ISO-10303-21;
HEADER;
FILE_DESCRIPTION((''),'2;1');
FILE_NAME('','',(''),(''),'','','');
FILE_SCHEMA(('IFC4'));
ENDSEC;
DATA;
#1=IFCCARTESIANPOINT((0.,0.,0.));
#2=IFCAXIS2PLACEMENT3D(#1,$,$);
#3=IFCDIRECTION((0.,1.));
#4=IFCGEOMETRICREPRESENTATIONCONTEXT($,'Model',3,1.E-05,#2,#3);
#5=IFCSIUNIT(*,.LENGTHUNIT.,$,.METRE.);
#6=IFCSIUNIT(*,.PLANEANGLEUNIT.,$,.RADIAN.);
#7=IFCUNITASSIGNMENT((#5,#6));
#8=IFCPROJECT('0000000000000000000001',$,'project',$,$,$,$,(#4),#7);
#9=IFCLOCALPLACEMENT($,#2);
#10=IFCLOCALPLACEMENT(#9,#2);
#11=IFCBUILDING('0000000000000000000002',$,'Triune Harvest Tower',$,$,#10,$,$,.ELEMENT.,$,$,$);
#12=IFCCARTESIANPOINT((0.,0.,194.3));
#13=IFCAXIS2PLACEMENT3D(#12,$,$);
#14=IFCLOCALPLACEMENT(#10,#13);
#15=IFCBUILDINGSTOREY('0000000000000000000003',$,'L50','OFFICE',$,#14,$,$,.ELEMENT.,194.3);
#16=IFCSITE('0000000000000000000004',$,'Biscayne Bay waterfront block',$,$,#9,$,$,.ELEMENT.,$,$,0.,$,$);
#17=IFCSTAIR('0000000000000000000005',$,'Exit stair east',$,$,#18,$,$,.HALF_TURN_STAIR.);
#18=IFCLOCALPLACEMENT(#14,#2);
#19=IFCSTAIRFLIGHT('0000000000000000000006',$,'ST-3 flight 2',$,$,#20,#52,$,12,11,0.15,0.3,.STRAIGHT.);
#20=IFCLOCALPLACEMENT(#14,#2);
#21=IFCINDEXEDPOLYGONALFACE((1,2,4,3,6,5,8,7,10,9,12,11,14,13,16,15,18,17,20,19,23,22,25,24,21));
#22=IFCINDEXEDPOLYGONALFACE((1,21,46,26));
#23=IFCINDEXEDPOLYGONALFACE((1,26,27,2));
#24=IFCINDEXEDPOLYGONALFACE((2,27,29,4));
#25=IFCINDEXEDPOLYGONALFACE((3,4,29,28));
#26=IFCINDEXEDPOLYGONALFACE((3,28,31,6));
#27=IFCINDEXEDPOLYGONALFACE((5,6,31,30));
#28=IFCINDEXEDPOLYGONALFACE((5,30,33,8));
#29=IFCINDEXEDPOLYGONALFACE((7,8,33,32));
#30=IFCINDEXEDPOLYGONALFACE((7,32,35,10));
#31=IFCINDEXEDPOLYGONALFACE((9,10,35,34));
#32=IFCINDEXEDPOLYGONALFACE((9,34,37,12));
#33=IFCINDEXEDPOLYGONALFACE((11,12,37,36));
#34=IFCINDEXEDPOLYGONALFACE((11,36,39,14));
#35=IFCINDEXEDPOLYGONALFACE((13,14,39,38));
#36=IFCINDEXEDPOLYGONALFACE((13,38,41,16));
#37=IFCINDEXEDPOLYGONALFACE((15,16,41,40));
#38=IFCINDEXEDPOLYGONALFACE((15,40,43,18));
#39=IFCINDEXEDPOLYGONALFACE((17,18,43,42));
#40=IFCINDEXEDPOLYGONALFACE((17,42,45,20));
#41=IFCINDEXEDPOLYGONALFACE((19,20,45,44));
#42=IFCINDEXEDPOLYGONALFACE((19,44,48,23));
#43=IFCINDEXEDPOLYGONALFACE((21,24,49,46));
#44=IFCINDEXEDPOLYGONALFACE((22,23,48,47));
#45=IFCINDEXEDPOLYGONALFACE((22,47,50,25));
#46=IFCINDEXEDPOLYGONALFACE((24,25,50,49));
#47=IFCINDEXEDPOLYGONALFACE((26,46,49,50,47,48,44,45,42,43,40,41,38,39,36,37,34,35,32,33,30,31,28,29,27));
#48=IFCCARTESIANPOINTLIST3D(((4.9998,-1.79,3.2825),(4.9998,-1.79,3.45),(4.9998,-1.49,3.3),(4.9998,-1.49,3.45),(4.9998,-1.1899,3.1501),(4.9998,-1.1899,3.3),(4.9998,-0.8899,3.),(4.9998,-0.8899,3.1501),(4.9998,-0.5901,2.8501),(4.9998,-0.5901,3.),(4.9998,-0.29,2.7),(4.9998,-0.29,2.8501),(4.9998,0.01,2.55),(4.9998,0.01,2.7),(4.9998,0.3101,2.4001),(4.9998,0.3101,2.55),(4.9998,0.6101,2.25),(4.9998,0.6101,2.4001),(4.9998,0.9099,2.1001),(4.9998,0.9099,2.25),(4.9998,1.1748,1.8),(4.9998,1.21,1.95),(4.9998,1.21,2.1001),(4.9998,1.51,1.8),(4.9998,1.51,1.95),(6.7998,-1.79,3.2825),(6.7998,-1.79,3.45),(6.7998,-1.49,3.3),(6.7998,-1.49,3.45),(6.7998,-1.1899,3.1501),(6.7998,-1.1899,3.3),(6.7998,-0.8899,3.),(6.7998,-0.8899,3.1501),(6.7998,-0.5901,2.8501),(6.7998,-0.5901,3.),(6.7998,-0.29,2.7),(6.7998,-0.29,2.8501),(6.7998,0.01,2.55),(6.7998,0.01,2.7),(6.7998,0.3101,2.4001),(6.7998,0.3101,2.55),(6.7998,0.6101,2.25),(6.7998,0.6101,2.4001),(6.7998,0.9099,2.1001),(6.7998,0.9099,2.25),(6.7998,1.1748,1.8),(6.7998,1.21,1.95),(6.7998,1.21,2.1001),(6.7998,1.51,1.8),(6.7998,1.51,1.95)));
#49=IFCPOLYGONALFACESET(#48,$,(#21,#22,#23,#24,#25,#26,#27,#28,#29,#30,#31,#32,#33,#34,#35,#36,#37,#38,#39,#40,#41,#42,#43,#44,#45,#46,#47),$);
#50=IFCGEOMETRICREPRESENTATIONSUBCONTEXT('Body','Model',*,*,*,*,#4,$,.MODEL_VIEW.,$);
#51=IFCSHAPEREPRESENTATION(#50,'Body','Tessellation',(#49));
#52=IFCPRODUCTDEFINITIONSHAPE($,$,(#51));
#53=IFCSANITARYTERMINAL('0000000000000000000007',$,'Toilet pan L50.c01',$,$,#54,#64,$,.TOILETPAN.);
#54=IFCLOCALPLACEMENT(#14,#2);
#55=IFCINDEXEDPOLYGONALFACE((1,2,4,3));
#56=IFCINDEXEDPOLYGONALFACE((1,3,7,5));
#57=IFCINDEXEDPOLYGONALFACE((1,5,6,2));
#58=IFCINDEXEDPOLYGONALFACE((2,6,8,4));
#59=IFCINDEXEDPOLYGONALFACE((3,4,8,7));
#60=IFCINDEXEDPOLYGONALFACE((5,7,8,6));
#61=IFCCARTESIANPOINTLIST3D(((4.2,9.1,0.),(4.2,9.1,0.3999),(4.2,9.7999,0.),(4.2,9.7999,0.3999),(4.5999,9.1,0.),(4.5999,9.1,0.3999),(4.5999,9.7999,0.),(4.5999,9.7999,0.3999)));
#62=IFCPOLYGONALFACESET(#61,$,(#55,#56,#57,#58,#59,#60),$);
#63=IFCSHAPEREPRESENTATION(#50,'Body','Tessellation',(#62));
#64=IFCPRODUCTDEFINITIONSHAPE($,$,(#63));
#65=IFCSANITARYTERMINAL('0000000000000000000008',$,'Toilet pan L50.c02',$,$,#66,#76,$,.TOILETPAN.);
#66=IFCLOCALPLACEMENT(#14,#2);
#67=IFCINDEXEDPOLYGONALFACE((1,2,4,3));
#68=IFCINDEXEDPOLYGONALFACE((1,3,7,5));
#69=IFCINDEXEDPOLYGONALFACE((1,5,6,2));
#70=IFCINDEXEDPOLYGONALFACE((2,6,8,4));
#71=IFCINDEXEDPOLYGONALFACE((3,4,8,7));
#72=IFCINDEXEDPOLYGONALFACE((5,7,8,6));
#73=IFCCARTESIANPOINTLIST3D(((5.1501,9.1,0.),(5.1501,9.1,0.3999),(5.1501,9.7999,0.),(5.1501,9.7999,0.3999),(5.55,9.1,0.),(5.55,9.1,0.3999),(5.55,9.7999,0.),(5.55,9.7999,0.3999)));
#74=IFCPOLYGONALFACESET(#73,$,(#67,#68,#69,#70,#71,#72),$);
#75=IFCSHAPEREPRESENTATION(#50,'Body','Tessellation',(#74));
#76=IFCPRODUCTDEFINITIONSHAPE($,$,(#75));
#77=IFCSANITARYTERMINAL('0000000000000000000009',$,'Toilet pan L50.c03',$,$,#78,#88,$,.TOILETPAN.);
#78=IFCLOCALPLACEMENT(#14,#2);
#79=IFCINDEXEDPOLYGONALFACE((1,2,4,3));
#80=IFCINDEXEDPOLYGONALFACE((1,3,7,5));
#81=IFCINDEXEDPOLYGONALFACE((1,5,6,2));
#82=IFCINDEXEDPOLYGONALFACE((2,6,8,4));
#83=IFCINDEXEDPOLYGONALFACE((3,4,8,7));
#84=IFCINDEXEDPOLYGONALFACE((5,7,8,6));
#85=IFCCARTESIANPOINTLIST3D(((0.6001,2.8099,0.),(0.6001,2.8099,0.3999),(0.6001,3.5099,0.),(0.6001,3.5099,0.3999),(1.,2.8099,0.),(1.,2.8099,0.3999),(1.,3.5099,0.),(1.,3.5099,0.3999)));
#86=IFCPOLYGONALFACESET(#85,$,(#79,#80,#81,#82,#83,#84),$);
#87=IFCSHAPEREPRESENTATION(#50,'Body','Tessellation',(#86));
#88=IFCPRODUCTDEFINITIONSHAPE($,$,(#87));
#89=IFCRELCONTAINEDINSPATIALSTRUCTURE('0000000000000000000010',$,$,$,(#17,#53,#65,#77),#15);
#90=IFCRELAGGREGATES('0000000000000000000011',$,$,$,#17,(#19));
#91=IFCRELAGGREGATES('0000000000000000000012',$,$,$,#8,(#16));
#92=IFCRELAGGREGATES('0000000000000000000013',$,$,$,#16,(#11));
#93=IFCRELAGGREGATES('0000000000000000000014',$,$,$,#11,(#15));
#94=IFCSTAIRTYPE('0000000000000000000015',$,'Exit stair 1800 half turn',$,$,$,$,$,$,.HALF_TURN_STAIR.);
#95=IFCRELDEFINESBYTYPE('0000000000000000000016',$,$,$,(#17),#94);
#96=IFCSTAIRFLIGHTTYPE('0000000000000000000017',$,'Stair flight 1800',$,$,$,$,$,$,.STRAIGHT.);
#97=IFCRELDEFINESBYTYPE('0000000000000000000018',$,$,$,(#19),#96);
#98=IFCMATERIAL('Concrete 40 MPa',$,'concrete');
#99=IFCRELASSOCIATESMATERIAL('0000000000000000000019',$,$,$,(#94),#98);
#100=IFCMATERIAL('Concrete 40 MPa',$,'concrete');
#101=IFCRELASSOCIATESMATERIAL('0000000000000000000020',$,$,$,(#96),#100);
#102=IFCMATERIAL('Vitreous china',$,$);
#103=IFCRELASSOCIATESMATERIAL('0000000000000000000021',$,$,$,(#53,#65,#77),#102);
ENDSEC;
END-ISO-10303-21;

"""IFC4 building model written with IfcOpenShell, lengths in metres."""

from ifc_helpers import new_model, si_unit, direction, frame, origin, origin_2d, place, context, subcontext, project, spatial, polyline, rectangle, outline, extrude, source, transform, mapped, material, type_object, element, aggregate, save


model = new_model("IFC4")

# Units and contexts
model_context = context("Model", 3, precision=1e-05, world=origin(), true_north=direction((0.0, 1.0)))
body_context = subcontext(model_context, "Body", "Model", "MODEL_VIEW")
ifc_project = project(units=[si_unit("LENGTHUNIT", "METRE"), si_unit("PLANEANGLEUNIT", "RADIAN")], contexts=[model_context])

# Site, building, storey
site_placement = place(None, origin())
site = spatial("IfcSite", under=ifc_project, at=site_placement, Name="Biscayne Bay waterfront block", CompositionType="ELEMENT", RefElevation=0.0)
building_placement = place(site_placement, origin())
building = spatial("IfcBuilding", under=site, at=building_placement, Name="Triune Harvest Tower", CompositionType="ELEMENT")
storey_placement = place(building_placement, frame((0.0, 0.0, 194.3)))
storey = spatial("IfcBuildingStorey", under=building, at=storey_placement, Name="L50", Description="OFFICE", CompositionType="ELEMENT", Elevation=194.3)

# Shared definitions
ifc_material_1 = material(Name="Concrete 40 MPa", Category="concrete")
stair_type = type_object("IfcStairType", Name="Exit stair 1800 half turn", PredefinedType="HALF_TURN_STAIR", material=ifc_material_1)

# Stair
stair_1_placement = place(storey_placement, origin())
stair_1 = element("IfcStair", 1, at=stair_1_placement, inside=storey, type_object=stair_type, Name="Exit stair east", PredefinedType="HALF_TURN_STAIR")

# Shared definitions
ifc_material_2 = material(Name="Concrete 40 MPa", Category="concrete")
stair_flight_type = type_object("IfcStairFlightType", Name="Stair flight 1800", PredefinedType="STRAIGHT", material=ifc_material_2)
shared_shape_1 = source(origin(), body_context, "Body", "SweptSolid", [
    extrude(outline(polyline([(0.0, 0.0), (0.0, 0.1499), (0.3, 0.1499), (0.3, 0.3), (0.6001, 0.3), (0.6001, 0.45), (0.8999, 0.45), (0.8999, 0.6001), (1.2, 0.6001), (1.2, 0.75), (1.5, 0.75), (1.5, 0.8999), (1.8, 0.8999), (1.8, 1.05), (2.1001, 1.05), (2.1001, 1.2), (2.3999, 1.2), (2.3999, 1.3501), (2.7, 1.3501), (2.7, 1.5), (3.0, 1.5), (3.0, 1.6499), (3.3, 1.6499), (3.3, 1.8), (3.3, 1.4824), (0.3352, 0.0), (0.0, 0.0)])), frame((0.0, 0.8999, 0.0), z_axis=(0.0, -1.0, 0.0), x_axis=(1.0, 0.0, 0.0)), (0.0, 0.0, 1.0), 1.8),
])

# Stair flight
stair_flight_1_placement = place(storey_placement, frame((5.8999, 1.51, 1.8), z_axis=(0.0, 0.0, 1.0), x_axis=(0.0, -1.0, 0.0)))
stair_flight_1 = element("IfcStairFlight", 2, at=stair_flight_1_placement, type_object=stair_flight_type, Name="ST-3 flight 2", NumberOfRisers=12, NumberOfTreads=11, PredefinedType="STRAIGHT", RiserHeight=0.15, TreadLength=0.3, context=body_context, shape_type="MappedRepresentation", body=[
    mapped(shared_shape_1, transform((0.0, 0.0, 0.0), scale=1.0)),
])
aggregate(stair_1, [stair_flight_1])

# Sanitary terminals
ifc_material_3 = material(Name="Vitreous china")
shared_shape_2 = source(origin(), body_context, "Body", "SweptSolid", [
    extrude(rectangle(XDim=0.3999, YDim=0.7, at=origin_2d()), origin(), (0.0, 0.0, 1.0), 0.3999),
])
for number, where, z_axis, x_axis, name in (
    (3, (4.3999, 9.45, 0.0), (0.0, 0.0, 1.0), (1.0, 0.0, 0.0), "Toilet pan L50.c01"),
    (4, (5.3501, 9.45, 0.0), (0.0, 0.0, 1.0), (1.0, 0.0, 0.0), "Toilet pan L50.c02"),
    (5, (0.8, 3.1599, 0.0), (0.0, 0.0, 1.0), (-1.0, 0.0, 0.0), "Toilet pan L50.c03"),
):
    element("IfcSanitaryTerminal", number, at=place(storey_placement, frame(where, z_axis=z_axis, x_axis=x_axis)), inside=storey, material=ifc_material_3, Name=name, PredefinedType="TOILETPAN", context=body_context, shape_type="MappedRepresentation", body=[
        mapped(shared_shape_2, transform((0.0, 0.0, 0.0), scale=1.0)),
    ])

save(model, "model.ifc")
